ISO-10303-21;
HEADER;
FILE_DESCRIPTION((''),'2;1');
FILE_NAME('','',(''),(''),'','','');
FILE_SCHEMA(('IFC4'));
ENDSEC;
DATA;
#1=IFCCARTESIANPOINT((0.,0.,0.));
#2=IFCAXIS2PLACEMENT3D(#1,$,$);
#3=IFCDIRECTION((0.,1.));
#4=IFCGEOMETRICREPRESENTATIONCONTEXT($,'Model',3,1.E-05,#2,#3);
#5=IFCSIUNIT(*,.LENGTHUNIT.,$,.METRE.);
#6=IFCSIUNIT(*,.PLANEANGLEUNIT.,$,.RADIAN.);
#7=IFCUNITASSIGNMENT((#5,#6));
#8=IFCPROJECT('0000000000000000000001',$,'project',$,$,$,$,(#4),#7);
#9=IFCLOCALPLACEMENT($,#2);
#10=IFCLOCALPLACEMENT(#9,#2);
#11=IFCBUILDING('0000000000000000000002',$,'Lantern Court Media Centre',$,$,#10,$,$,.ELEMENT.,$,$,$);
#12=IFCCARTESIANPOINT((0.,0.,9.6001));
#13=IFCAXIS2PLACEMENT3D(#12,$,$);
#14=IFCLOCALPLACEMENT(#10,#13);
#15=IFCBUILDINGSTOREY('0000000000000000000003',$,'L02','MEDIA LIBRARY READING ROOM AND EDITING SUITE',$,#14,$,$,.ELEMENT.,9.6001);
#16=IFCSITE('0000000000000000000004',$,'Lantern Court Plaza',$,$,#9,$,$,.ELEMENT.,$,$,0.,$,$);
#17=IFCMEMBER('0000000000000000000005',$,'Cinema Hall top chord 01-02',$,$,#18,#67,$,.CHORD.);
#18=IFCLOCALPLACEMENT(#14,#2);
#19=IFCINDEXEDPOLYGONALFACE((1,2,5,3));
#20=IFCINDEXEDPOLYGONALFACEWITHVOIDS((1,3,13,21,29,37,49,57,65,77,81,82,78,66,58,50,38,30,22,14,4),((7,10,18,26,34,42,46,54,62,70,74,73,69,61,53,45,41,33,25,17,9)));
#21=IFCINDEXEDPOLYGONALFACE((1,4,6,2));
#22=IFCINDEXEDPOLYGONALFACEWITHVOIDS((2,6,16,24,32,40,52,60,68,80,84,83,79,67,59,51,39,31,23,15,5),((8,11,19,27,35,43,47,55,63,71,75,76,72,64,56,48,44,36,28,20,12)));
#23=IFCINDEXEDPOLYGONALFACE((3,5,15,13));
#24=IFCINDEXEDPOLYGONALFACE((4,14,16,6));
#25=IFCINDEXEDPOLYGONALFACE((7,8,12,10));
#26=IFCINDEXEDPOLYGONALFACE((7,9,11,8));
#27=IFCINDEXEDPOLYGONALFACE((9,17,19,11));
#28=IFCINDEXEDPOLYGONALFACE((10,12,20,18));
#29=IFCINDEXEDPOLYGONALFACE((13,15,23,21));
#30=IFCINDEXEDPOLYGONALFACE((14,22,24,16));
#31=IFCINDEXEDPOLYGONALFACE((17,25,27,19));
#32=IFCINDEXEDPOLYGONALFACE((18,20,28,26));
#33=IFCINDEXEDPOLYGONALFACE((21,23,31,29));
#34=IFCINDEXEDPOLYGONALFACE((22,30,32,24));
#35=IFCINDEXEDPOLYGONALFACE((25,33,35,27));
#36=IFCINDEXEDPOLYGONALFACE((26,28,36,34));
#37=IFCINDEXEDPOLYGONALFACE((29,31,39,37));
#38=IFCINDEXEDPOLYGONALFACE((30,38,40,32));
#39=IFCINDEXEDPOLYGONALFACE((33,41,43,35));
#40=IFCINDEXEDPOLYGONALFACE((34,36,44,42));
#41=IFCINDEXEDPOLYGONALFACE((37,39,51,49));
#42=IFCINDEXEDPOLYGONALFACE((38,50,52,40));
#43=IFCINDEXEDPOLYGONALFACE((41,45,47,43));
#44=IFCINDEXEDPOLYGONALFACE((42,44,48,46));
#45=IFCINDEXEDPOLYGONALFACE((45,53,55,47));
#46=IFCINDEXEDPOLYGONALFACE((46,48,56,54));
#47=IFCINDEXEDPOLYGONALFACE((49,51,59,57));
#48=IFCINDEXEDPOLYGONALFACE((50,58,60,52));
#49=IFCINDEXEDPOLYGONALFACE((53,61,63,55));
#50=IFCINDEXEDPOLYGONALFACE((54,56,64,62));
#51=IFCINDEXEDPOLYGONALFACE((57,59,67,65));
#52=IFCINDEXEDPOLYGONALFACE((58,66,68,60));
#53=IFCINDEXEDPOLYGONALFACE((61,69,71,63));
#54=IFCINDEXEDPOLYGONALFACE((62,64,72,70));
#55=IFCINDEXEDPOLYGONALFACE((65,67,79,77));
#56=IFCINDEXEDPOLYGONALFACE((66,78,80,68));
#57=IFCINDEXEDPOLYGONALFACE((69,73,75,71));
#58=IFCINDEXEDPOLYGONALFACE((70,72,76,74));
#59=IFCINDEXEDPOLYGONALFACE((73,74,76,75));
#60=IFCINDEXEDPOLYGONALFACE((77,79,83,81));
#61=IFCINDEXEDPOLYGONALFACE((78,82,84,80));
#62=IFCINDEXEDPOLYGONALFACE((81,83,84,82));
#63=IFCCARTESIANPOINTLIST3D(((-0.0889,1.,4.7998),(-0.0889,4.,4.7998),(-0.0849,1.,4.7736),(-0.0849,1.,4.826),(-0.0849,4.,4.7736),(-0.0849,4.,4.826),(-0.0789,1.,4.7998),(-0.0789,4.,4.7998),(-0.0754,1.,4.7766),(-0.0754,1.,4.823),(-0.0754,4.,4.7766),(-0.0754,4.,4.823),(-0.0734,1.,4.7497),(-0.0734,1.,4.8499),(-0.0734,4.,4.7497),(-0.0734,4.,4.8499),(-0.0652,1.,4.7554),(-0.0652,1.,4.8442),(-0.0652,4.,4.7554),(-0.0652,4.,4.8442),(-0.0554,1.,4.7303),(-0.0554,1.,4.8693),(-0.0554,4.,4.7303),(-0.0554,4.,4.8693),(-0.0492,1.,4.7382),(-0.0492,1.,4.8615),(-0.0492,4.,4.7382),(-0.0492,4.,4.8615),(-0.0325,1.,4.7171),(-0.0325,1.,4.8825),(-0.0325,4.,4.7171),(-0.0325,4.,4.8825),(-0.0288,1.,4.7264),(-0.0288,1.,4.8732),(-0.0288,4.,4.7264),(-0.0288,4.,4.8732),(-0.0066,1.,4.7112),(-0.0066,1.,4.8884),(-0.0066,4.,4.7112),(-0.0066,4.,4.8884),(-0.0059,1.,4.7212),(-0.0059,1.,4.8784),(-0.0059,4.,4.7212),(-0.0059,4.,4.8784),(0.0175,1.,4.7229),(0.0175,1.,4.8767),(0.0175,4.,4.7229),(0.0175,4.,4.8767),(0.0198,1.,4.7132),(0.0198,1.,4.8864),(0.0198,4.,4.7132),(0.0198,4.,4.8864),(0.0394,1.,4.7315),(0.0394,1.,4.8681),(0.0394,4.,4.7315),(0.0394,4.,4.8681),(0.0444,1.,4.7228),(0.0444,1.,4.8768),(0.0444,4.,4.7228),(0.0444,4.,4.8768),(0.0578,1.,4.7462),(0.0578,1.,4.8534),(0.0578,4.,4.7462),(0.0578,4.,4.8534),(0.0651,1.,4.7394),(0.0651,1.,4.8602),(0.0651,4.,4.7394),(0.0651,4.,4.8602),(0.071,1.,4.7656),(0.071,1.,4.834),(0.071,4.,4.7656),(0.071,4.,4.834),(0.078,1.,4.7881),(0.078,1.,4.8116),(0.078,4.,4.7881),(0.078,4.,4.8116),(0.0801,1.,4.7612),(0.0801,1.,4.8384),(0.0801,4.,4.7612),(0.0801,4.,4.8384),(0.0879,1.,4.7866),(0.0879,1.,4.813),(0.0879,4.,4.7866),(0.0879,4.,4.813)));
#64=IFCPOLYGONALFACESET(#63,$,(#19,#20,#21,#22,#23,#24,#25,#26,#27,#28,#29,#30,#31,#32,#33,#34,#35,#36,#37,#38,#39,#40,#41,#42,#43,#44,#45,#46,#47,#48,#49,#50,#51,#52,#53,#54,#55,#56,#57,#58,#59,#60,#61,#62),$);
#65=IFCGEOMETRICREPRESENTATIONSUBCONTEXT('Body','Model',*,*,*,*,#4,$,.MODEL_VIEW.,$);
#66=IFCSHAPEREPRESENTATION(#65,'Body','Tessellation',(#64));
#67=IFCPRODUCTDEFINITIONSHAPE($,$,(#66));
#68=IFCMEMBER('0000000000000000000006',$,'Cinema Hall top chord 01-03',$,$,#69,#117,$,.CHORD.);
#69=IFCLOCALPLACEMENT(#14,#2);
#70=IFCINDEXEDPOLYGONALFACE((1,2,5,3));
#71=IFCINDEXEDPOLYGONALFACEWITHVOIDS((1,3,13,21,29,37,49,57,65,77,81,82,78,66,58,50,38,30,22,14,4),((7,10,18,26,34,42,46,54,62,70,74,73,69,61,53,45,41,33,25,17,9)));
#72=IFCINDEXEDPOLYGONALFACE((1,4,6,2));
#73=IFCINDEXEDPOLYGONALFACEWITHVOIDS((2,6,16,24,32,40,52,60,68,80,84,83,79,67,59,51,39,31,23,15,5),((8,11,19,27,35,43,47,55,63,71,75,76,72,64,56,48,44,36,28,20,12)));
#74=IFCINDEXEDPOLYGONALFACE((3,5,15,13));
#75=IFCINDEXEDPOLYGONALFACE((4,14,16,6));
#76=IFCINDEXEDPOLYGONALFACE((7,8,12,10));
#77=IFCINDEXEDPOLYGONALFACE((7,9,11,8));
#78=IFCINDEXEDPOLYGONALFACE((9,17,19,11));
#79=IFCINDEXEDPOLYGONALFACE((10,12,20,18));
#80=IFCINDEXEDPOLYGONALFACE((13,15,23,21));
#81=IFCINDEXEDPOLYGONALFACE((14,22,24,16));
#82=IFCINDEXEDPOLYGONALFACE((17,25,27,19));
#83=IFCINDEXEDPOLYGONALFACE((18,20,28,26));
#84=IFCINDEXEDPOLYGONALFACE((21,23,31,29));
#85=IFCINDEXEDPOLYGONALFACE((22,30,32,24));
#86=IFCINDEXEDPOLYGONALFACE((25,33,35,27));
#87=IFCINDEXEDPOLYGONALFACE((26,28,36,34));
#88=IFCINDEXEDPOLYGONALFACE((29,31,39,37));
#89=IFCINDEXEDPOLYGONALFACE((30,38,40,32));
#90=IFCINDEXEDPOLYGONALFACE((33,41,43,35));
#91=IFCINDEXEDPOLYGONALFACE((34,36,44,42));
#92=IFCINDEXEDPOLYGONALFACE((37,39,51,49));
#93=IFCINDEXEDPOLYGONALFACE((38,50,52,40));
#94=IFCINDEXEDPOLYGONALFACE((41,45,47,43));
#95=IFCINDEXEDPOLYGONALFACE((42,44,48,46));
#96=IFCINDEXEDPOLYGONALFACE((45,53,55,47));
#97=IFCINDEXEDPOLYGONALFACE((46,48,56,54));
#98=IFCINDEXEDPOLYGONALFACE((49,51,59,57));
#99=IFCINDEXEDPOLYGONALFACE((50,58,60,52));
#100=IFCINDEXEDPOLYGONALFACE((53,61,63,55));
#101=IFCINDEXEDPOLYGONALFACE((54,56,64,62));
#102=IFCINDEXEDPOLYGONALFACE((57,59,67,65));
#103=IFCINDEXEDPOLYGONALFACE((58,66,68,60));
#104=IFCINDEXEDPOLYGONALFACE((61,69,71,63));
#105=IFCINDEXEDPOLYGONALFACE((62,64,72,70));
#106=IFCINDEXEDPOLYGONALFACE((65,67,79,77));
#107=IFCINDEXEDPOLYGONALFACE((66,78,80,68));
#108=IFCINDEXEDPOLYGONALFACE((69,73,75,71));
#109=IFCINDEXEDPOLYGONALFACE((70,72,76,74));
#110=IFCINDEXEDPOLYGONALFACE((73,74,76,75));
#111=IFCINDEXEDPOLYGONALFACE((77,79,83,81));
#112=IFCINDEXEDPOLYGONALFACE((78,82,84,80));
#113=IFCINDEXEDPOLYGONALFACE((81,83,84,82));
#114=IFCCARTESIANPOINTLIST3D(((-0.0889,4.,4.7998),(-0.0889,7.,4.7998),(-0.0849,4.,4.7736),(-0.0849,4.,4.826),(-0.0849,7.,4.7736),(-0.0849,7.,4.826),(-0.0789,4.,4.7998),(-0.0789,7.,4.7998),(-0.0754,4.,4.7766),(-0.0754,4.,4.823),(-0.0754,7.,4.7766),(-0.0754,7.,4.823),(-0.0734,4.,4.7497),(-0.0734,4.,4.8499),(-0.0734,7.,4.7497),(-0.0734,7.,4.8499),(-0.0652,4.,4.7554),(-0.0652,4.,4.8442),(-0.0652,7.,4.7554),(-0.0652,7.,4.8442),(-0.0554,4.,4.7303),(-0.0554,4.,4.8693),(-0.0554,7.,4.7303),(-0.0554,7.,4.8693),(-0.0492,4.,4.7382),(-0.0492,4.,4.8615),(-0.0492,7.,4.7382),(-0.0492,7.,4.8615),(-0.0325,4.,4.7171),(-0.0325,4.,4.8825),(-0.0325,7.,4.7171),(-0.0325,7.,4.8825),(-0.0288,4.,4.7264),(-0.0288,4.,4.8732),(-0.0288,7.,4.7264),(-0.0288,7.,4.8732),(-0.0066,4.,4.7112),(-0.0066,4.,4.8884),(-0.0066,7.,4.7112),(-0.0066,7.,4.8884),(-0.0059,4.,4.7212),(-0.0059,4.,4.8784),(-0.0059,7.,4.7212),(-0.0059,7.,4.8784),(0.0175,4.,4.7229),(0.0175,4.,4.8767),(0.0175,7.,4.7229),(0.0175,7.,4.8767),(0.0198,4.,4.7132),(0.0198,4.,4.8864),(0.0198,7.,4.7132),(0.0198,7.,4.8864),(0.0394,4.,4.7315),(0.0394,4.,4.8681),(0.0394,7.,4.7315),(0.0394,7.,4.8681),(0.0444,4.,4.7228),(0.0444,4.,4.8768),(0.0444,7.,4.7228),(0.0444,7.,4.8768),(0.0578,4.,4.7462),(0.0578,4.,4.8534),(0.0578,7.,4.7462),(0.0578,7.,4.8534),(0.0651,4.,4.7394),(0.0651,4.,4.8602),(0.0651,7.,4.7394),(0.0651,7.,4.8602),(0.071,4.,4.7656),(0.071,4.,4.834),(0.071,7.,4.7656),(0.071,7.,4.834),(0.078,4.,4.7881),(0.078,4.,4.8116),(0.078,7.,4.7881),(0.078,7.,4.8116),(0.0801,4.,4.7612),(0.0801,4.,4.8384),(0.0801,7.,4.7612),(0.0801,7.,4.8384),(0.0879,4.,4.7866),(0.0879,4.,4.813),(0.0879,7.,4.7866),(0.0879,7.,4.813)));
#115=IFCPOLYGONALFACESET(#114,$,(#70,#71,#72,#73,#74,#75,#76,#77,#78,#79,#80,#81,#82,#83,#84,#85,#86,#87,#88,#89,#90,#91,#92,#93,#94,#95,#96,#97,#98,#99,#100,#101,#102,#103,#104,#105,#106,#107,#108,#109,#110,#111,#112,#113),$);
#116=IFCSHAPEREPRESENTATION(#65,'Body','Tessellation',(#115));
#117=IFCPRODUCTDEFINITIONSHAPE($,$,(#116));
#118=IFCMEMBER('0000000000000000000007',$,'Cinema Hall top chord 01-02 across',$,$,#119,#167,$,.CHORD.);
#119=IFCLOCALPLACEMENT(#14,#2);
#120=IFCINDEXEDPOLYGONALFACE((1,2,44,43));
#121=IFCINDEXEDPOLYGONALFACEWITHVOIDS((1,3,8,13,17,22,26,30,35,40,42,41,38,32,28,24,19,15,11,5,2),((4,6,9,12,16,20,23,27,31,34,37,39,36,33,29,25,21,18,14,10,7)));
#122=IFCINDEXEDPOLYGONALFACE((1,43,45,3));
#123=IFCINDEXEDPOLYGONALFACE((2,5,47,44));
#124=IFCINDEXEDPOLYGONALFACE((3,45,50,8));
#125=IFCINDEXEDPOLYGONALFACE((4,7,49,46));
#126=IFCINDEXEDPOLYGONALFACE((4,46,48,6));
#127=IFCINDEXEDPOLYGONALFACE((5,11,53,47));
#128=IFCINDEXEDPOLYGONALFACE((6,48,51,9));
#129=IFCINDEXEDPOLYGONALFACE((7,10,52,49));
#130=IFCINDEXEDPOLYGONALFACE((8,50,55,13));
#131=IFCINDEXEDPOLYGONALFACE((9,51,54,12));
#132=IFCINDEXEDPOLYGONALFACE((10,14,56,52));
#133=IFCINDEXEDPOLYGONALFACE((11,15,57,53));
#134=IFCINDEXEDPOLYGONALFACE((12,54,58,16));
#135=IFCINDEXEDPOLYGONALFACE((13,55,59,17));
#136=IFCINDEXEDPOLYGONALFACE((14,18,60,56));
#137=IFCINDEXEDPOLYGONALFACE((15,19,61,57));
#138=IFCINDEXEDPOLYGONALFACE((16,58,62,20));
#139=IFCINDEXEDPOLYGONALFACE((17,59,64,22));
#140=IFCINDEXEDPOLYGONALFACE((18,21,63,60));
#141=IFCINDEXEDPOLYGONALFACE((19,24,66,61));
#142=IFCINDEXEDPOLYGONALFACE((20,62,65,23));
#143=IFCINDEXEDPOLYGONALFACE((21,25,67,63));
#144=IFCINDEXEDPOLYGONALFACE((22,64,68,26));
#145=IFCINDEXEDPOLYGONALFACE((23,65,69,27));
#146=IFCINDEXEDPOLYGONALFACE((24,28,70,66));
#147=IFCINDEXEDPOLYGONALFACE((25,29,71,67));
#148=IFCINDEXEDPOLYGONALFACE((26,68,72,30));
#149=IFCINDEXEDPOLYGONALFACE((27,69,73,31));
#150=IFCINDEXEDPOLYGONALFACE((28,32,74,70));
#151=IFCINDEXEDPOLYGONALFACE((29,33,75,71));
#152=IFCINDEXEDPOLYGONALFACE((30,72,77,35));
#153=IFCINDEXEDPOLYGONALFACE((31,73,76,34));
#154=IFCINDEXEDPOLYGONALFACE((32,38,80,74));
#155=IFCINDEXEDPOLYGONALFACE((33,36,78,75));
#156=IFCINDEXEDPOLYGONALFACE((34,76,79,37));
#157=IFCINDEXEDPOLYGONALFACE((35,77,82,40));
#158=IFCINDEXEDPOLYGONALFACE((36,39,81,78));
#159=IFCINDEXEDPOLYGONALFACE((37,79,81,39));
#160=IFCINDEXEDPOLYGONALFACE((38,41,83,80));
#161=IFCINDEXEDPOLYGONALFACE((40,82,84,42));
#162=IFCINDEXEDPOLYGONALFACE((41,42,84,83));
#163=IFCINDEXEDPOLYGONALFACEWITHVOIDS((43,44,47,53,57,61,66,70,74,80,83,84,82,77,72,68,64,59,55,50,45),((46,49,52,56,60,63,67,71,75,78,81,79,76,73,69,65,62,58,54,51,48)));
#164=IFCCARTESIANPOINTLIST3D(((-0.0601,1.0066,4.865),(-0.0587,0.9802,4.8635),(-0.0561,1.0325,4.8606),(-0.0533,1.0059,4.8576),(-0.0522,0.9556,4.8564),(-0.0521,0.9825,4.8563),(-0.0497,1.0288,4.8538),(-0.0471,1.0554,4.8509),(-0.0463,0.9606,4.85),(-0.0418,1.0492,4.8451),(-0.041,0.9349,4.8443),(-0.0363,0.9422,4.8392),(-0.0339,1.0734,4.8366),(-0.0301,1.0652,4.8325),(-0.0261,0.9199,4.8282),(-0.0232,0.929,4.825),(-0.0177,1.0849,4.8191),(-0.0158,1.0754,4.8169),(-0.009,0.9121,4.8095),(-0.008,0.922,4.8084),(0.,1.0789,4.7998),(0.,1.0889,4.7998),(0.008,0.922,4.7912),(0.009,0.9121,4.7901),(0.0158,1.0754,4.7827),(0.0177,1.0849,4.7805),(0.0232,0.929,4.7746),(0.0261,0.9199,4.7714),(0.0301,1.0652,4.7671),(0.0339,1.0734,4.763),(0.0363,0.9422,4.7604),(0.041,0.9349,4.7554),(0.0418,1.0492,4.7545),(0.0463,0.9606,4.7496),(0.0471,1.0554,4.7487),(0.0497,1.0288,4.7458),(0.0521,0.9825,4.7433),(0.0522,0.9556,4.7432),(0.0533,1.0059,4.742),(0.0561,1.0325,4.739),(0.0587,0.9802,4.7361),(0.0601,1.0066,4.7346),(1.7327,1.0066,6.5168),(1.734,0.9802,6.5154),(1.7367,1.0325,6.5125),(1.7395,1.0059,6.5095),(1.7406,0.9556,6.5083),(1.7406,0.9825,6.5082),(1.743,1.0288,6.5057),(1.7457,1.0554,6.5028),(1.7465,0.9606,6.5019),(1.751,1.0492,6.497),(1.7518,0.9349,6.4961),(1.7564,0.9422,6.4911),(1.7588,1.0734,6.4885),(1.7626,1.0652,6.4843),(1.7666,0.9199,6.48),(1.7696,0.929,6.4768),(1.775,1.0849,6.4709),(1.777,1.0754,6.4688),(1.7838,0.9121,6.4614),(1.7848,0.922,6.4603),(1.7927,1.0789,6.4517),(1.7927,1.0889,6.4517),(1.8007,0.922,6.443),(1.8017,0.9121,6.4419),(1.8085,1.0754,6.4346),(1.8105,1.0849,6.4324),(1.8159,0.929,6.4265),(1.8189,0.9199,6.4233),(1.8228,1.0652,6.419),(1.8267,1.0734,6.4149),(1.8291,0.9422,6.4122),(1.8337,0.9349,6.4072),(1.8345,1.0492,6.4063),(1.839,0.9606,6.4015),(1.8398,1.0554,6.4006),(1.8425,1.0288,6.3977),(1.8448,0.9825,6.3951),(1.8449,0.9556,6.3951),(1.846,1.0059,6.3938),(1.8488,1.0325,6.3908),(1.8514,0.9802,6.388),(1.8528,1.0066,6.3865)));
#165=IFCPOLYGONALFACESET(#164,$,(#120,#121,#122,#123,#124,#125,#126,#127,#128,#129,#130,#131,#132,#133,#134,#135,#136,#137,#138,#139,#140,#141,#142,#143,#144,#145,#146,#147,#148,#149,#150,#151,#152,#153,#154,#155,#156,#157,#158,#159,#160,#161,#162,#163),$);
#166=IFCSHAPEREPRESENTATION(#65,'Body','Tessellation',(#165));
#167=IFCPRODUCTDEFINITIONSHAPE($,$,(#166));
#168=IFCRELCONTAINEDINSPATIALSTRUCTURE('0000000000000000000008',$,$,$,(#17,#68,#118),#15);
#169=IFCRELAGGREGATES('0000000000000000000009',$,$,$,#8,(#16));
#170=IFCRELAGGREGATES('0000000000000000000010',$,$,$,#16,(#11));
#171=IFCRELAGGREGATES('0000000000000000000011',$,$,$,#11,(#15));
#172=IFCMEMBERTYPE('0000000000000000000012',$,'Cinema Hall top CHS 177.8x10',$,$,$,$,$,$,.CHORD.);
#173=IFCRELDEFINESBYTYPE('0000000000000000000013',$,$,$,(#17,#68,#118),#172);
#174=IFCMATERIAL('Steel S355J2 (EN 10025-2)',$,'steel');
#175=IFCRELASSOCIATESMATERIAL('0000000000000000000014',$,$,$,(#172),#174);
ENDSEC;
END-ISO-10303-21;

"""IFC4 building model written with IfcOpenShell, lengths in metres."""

from ifc_helpers import new_model, si_unit, direction, frame, origin, origin_2d, place, context, subcontext, project, spatial, hollow_circle, extrude, material, material_profile, profile_set, type_object, element, save


model = new_model("IFC4")

# Units and contexts
model_context = context("Model", 3, precision=1e-05, world=origin(), true_north=direction((0.0, 1.0)))
body_context = subcontext(model_context, "Body", "Model", "MODEL_VIEW")
ifc_project = project(units=[si_unit("LENGTHUNIT", "METRE"), si_unit("PLANEANGLEUNIT", "RADIAN")], contexts=[model_context])

# Site, building, storey
site_placement = place(None, origin())
site = spatial("IfcSite", under=ifc_project, at=site_placement, Name="Lantern Court Plaza", CompositionType="ELEMENT", RefElevation=0.0)
building_placement = place(site_placement, origin())
building = spatial("IfcBuilding", under=site, at=building_placement, Name="Lantern Court Media Centre", CompositionType="ELEMENT")
storey_placement = place(building_placement, frame((0.0, 0.0, 9.6001)))
storey = spatial("IfcBuildingStorey", under=building, at=storey_placement, Name="L02", Description="MEDIA LIBRARY READING ROOM AND EDITING SUITE", CompositionType="ELEMENT", Elevation=9.6001)

# Shared definitions
ifc_material = material(Name="Steel S355J2 (EN 10025-2)", Category="steel")

# Members
ifc_material_profile_1 = material_profile(ifc_material, hollow_circle(Radius=0.0889, WallThickness=0.01, at=origin_2d()), Name="Cinema Hall top CHS 177.8x10")
ifc_profile_set_1 = profile_set([ifc_material_profile_1], Name="Steel S355J2 (EN 10025-2)")
member_type_1 = type_object("IfcMemberType", Name="Cinema Hall top CHS 177.8x10", PredefinedType="CHORD", material=ifc_profile_set_1)
for number, where, z_axis, x_axis, name in (
    (1, (0.0, 1.0, 4.7998), (0.0, 1.0, 0.0), (-1.0, 0.0, 0.0), "Cinema Hall top chord 01-02"),
    (2, (0.0, 4.0, 4.7998), (0.0, 1.0, 0.0), (-1.0, 0.0, 0.0), "Cinema Hall top chord 01-03"),
):
    element("IfcMember", number, at=place(storey_placement, frame(where, z_axis=z_axis, x_axis=x_axis)), inside=storey, type_object=member_type_1, Name=name, PredefinedType="CHORD", context=body_context, shape_type="SweptSolid", body=[
        extrude(hollow_circle(Radius=0.0889, WallThickness=0.01, at=origin_2d()), origin(), (0.0, 0.0, 1.0), 3.0),
    ])
for number, where, z_axis, x_axis, name in (
    (3, (0.0, 1.0, 4.7998), (0.73541, 0.0, 0.677623), (0.0, 1.0, 0.0), "Cinema Hall top chord 01-02 across"),
):
    element("IfcMember", number, at=place(storey_placement, frame(where, z_axis=z_axis, x_axis=x_axis)), inside=storey, type_object=member_type_1, Name=name, PredefinedType="CHORD", context=body_context, shape_type="SweptSolid", body=[
        extrude(hollow_circle(Radius=0.0889, WallThickness=0.01, at=origin_2d()), origin(), (0.0, 0.0, 1.0), 2.4377),
    ])

save(model, "model.ifc")
